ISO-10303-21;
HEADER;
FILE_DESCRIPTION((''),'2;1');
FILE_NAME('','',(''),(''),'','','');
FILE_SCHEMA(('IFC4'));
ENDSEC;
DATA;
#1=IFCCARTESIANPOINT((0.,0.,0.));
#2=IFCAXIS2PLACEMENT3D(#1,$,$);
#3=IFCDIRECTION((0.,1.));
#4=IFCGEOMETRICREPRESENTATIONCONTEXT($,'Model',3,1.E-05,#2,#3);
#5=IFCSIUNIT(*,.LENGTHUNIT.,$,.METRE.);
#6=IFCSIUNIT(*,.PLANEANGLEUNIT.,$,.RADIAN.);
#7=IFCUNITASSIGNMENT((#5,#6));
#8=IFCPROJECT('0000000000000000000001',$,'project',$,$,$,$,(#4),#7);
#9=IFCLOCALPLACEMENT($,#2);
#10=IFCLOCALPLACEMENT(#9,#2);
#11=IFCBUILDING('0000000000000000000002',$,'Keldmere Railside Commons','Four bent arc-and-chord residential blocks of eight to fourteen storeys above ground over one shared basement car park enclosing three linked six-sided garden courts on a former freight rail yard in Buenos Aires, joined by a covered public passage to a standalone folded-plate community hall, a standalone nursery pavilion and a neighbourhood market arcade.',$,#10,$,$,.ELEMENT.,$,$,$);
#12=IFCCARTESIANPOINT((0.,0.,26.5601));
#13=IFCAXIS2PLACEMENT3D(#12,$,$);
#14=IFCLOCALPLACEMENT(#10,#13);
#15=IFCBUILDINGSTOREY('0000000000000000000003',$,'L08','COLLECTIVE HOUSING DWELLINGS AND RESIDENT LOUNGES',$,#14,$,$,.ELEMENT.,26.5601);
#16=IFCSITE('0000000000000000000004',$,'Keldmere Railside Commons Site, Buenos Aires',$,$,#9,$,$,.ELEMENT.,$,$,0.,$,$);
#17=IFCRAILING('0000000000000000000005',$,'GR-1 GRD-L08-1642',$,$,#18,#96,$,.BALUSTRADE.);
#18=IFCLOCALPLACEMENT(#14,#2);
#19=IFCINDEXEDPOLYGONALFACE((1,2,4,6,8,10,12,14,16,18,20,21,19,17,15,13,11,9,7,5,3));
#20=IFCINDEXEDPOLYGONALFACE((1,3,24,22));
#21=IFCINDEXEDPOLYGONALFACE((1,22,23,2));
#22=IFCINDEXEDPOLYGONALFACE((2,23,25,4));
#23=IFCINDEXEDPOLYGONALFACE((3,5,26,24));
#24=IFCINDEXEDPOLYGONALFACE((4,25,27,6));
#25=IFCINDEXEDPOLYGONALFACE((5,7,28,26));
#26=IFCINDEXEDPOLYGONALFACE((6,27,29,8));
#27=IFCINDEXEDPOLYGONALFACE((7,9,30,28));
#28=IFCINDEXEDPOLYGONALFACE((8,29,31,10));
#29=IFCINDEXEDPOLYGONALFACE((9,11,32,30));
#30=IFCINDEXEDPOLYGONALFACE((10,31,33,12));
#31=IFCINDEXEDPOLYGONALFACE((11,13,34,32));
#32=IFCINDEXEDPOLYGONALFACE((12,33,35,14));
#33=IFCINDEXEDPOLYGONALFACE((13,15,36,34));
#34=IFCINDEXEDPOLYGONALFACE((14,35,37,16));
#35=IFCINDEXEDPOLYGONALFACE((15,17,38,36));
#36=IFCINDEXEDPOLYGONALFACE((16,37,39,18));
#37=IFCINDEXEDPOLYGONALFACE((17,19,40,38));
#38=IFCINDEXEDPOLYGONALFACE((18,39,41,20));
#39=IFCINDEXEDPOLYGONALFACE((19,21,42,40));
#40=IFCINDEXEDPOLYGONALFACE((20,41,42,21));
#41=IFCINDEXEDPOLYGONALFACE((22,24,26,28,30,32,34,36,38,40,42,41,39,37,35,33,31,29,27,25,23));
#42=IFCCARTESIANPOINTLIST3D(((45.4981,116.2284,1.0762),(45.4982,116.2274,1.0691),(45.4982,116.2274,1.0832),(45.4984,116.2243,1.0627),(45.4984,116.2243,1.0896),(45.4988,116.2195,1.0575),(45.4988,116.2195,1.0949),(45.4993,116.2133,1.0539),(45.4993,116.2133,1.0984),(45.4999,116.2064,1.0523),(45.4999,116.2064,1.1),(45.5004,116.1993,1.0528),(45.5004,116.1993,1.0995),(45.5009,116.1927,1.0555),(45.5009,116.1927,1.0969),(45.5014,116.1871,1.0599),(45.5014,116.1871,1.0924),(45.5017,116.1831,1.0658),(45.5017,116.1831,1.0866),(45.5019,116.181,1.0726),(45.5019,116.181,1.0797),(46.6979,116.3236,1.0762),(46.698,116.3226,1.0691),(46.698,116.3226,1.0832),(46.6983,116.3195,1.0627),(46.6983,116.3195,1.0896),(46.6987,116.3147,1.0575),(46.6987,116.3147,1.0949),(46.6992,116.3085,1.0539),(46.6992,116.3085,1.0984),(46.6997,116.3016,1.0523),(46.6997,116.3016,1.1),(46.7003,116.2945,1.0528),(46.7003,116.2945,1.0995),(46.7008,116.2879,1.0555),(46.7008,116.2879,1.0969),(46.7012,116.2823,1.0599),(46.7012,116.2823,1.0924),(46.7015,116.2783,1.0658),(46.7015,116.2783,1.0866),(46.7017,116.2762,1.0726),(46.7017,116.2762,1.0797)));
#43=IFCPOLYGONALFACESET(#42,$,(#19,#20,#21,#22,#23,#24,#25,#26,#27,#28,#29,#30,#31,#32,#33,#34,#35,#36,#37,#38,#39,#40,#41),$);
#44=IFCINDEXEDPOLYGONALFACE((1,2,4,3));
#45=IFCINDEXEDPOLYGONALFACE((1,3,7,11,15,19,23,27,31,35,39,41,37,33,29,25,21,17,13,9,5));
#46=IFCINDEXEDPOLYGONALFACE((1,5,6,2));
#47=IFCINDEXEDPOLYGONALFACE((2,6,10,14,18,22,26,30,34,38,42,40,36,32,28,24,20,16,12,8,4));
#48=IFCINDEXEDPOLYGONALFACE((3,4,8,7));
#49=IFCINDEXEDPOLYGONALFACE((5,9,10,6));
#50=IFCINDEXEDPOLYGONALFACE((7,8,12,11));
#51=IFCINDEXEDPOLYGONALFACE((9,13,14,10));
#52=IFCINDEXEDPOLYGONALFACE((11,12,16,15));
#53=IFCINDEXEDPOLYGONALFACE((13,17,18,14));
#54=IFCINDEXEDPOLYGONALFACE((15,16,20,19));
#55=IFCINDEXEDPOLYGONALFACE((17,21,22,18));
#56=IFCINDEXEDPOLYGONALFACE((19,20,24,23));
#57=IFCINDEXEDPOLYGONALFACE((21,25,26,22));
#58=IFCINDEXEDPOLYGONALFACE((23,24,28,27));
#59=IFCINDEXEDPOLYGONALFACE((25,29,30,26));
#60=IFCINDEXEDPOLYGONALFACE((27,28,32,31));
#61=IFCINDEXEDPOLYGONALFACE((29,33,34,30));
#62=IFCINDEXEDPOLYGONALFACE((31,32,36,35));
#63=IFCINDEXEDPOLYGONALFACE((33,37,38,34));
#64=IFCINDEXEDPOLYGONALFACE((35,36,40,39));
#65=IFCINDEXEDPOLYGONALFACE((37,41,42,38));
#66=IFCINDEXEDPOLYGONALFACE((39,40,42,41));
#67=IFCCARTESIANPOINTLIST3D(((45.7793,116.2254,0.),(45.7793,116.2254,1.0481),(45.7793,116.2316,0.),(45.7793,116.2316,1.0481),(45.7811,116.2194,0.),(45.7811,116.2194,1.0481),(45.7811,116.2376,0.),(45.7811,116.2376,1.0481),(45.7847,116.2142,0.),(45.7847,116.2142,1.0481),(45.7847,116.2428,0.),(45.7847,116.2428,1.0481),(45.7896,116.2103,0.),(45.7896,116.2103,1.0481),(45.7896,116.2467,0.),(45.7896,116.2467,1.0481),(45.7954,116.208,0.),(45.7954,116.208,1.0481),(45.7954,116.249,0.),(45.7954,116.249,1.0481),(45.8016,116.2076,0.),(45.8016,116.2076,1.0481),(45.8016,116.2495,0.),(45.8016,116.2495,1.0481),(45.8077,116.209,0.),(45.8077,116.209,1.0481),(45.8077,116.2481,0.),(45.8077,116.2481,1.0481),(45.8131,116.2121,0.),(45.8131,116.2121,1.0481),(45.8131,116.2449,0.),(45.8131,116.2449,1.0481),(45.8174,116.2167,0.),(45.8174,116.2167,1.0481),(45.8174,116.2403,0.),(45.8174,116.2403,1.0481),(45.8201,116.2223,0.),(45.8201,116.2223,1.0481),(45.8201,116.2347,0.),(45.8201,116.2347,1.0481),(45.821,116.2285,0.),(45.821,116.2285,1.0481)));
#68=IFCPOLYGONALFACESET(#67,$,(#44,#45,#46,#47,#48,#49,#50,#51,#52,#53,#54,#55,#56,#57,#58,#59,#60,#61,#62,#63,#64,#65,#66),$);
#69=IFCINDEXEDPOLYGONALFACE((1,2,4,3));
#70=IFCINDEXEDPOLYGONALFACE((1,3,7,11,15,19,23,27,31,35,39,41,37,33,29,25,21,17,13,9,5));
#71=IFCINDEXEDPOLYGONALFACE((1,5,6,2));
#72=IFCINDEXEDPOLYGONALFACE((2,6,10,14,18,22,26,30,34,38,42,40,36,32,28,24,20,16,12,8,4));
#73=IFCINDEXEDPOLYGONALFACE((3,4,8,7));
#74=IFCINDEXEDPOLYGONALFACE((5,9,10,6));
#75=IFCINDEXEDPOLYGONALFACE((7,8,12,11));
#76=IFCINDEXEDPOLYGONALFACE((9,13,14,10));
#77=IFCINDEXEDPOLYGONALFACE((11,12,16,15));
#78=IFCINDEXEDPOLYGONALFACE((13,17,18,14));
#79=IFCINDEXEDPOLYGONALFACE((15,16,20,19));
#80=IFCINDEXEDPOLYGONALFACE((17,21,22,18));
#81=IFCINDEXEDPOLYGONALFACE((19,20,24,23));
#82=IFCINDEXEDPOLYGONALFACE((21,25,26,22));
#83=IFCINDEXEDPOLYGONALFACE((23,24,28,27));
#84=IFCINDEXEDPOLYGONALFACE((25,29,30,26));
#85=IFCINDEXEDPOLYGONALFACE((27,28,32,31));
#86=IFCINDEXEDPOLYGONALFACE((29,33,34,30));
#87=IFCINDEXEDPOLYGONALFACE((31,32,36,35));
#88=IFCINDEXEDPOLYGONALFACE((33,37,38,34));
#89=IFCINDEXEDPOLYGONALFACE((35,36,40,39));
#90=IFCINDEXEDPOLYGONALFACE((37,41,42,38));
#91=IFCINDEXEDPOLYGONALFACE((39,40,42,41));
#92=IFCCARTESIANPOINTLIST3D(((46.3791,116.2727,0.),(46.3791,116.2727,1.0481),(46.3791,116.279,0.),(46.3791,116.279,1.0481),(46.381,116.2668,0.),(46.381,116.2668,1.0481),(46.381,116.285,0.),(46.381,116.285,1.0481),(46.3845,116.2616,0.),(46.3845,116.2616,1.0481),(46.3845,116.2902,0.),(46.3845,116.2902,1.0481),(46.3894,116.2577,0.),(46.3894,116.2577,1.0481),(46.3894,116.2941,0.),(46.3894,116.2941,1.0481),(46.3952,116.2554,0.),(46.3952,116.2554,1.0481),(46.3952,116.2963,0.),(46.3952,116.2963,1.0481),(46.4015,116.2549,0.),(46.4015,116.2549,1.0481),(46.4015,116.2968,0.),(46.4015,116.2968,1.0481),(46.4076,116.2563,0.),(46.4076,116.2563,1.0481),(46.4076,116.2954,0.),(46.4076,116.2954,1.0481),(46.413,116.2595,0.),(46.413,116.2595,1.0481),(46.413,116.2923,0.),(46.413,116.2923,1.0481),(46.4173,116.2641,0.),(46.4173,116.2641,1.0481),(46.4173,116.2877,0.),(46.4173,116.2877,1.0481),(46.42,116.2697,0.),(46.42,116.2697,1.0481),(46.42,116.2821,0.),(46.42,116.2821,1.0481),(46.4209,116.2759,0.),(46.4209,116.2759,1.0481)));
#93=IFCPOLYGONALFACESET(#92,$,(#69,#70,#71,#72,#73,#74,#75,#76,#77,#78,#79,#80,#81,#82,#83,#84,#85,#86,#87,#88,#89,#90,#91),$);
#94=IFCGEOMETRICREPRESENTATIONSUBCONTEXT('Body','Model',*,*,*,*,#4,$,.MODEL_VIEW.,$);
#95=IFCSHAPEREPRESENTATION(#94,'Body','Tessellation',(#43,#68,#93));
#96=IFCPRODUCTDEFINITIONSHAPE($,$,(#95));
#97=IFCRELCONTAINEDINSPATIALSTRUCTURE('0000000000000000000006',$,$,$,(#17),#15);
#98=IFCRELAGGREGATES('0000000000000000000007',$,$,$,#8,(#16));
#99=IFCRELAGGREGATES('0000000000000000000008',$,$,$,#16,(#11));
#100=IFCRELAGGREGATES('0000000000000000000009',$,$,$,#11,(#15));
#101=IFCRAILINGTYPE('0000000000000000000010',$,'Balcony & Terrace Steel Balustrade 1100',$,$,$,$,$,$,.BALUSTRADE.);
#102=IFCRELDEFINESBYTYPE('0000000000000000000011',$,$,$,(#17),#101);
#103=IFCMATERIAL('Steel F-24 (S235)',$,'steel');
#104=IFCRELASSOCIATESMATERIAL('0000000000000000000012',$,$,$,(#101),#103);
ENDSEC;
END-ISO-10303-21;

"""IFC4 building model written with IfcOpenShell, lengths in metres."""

from ifc_helpers import new_model, si_unit, direction, frame, origin, origin_2d, place, context, subcontext, project, spatial, circle, extrude, material, type_object, element, save


model = new_model("IFC4")

# Units and contexts
model_context = context("Model", 3, precision=1e-05, world=origin(), true_north=direction((0.0, 1.0)))
body_context = subcontext(model_context, "Body", "Model", "MODEL_VIEW")
ifc_project = project(units=[si_unit("LENGTHUNIT", "METRE"), si_unit("PLANEANGLEUNIT", "RADIAN")], contexts=[model_context])

# Site, building, storey
site_placement = place(None, origin())
site = spatial("IfcSite", under=ifc_project, at=site_placement, Name="Keldmere Railside Commons Site, Buenos Aires", CompositionType="ELEMENT", RefElevation=0.0)
building_placement = place(site_placement, origin())
building = spatial("IfcBuilding", under=site, at=building_placement, Name="Keldmere Railside Commons", Description="Four bent arc-and-chord residential blocks of eight to fourteen storeys above ground over one shared basement car park enclosing three linked six-sided garden courts on a former freight rail yard in Buenos Aires, joined by a covered public passage to a standalone folded-plate community hall, a standalone nursery pavilion and a neighbourhood market arcade.", CompositionType="ELEMENT")
storey_placement = place(building_placement, frame((0.0, 0.0, 26.5601)))
storey = spatial("IfcBuildingStorey", under=building, at=storey_placement, Name="L08", Description="COLLECTIVE HOUSING DWELLINGS AND RESIDENT LOUNGES", CompositionType="ELEMENT", Elevation=26.5601)

# Railing
ifc_material_1 = material(Name="Steel F-24 (S235)", Category="steel")
railing_type = type_object("IfcRailingType", Name="Balcony & Terrace Steel Balustrade 1100", PredefinedType="BALUSTRADE", material=ifc_material_1)
railing_1_placement = place(storey_placement, frame((45.5, 116.2046, 0.0)))
element("IfcRailing", 1, at=railing_1_placement, inside=storey, type_object=railing_type, Name="GR-1 GRD-L08-1642", PredefinedType="BALUSTRADE", context=body_context, shape_type="SweptSolid", body=[
    extrude(circle(Radius=0.0239, at=origin_2d()), frame((0.0, 0.0, 1.0762), z_axis=(0.996867, 0.0791, 0.0), x_axis=(-0.0791, 0.996867, 0.0)), (0.0, 0.0, 1.0), 1.2036),
    extrude(circle(Radius=0.021, at=origin_2d()), frame((0.3, 0.0239, 0.0)), (0.0, 0.0, 1.0), 1.0481),
    extrude(circle(Radius=0.021, at=origin_2d()), frame((0.8999, 0.0713, 0.0)), (0.0, 0.0, 1.0), 1.0481),
])

save(model, "model.ifc")
